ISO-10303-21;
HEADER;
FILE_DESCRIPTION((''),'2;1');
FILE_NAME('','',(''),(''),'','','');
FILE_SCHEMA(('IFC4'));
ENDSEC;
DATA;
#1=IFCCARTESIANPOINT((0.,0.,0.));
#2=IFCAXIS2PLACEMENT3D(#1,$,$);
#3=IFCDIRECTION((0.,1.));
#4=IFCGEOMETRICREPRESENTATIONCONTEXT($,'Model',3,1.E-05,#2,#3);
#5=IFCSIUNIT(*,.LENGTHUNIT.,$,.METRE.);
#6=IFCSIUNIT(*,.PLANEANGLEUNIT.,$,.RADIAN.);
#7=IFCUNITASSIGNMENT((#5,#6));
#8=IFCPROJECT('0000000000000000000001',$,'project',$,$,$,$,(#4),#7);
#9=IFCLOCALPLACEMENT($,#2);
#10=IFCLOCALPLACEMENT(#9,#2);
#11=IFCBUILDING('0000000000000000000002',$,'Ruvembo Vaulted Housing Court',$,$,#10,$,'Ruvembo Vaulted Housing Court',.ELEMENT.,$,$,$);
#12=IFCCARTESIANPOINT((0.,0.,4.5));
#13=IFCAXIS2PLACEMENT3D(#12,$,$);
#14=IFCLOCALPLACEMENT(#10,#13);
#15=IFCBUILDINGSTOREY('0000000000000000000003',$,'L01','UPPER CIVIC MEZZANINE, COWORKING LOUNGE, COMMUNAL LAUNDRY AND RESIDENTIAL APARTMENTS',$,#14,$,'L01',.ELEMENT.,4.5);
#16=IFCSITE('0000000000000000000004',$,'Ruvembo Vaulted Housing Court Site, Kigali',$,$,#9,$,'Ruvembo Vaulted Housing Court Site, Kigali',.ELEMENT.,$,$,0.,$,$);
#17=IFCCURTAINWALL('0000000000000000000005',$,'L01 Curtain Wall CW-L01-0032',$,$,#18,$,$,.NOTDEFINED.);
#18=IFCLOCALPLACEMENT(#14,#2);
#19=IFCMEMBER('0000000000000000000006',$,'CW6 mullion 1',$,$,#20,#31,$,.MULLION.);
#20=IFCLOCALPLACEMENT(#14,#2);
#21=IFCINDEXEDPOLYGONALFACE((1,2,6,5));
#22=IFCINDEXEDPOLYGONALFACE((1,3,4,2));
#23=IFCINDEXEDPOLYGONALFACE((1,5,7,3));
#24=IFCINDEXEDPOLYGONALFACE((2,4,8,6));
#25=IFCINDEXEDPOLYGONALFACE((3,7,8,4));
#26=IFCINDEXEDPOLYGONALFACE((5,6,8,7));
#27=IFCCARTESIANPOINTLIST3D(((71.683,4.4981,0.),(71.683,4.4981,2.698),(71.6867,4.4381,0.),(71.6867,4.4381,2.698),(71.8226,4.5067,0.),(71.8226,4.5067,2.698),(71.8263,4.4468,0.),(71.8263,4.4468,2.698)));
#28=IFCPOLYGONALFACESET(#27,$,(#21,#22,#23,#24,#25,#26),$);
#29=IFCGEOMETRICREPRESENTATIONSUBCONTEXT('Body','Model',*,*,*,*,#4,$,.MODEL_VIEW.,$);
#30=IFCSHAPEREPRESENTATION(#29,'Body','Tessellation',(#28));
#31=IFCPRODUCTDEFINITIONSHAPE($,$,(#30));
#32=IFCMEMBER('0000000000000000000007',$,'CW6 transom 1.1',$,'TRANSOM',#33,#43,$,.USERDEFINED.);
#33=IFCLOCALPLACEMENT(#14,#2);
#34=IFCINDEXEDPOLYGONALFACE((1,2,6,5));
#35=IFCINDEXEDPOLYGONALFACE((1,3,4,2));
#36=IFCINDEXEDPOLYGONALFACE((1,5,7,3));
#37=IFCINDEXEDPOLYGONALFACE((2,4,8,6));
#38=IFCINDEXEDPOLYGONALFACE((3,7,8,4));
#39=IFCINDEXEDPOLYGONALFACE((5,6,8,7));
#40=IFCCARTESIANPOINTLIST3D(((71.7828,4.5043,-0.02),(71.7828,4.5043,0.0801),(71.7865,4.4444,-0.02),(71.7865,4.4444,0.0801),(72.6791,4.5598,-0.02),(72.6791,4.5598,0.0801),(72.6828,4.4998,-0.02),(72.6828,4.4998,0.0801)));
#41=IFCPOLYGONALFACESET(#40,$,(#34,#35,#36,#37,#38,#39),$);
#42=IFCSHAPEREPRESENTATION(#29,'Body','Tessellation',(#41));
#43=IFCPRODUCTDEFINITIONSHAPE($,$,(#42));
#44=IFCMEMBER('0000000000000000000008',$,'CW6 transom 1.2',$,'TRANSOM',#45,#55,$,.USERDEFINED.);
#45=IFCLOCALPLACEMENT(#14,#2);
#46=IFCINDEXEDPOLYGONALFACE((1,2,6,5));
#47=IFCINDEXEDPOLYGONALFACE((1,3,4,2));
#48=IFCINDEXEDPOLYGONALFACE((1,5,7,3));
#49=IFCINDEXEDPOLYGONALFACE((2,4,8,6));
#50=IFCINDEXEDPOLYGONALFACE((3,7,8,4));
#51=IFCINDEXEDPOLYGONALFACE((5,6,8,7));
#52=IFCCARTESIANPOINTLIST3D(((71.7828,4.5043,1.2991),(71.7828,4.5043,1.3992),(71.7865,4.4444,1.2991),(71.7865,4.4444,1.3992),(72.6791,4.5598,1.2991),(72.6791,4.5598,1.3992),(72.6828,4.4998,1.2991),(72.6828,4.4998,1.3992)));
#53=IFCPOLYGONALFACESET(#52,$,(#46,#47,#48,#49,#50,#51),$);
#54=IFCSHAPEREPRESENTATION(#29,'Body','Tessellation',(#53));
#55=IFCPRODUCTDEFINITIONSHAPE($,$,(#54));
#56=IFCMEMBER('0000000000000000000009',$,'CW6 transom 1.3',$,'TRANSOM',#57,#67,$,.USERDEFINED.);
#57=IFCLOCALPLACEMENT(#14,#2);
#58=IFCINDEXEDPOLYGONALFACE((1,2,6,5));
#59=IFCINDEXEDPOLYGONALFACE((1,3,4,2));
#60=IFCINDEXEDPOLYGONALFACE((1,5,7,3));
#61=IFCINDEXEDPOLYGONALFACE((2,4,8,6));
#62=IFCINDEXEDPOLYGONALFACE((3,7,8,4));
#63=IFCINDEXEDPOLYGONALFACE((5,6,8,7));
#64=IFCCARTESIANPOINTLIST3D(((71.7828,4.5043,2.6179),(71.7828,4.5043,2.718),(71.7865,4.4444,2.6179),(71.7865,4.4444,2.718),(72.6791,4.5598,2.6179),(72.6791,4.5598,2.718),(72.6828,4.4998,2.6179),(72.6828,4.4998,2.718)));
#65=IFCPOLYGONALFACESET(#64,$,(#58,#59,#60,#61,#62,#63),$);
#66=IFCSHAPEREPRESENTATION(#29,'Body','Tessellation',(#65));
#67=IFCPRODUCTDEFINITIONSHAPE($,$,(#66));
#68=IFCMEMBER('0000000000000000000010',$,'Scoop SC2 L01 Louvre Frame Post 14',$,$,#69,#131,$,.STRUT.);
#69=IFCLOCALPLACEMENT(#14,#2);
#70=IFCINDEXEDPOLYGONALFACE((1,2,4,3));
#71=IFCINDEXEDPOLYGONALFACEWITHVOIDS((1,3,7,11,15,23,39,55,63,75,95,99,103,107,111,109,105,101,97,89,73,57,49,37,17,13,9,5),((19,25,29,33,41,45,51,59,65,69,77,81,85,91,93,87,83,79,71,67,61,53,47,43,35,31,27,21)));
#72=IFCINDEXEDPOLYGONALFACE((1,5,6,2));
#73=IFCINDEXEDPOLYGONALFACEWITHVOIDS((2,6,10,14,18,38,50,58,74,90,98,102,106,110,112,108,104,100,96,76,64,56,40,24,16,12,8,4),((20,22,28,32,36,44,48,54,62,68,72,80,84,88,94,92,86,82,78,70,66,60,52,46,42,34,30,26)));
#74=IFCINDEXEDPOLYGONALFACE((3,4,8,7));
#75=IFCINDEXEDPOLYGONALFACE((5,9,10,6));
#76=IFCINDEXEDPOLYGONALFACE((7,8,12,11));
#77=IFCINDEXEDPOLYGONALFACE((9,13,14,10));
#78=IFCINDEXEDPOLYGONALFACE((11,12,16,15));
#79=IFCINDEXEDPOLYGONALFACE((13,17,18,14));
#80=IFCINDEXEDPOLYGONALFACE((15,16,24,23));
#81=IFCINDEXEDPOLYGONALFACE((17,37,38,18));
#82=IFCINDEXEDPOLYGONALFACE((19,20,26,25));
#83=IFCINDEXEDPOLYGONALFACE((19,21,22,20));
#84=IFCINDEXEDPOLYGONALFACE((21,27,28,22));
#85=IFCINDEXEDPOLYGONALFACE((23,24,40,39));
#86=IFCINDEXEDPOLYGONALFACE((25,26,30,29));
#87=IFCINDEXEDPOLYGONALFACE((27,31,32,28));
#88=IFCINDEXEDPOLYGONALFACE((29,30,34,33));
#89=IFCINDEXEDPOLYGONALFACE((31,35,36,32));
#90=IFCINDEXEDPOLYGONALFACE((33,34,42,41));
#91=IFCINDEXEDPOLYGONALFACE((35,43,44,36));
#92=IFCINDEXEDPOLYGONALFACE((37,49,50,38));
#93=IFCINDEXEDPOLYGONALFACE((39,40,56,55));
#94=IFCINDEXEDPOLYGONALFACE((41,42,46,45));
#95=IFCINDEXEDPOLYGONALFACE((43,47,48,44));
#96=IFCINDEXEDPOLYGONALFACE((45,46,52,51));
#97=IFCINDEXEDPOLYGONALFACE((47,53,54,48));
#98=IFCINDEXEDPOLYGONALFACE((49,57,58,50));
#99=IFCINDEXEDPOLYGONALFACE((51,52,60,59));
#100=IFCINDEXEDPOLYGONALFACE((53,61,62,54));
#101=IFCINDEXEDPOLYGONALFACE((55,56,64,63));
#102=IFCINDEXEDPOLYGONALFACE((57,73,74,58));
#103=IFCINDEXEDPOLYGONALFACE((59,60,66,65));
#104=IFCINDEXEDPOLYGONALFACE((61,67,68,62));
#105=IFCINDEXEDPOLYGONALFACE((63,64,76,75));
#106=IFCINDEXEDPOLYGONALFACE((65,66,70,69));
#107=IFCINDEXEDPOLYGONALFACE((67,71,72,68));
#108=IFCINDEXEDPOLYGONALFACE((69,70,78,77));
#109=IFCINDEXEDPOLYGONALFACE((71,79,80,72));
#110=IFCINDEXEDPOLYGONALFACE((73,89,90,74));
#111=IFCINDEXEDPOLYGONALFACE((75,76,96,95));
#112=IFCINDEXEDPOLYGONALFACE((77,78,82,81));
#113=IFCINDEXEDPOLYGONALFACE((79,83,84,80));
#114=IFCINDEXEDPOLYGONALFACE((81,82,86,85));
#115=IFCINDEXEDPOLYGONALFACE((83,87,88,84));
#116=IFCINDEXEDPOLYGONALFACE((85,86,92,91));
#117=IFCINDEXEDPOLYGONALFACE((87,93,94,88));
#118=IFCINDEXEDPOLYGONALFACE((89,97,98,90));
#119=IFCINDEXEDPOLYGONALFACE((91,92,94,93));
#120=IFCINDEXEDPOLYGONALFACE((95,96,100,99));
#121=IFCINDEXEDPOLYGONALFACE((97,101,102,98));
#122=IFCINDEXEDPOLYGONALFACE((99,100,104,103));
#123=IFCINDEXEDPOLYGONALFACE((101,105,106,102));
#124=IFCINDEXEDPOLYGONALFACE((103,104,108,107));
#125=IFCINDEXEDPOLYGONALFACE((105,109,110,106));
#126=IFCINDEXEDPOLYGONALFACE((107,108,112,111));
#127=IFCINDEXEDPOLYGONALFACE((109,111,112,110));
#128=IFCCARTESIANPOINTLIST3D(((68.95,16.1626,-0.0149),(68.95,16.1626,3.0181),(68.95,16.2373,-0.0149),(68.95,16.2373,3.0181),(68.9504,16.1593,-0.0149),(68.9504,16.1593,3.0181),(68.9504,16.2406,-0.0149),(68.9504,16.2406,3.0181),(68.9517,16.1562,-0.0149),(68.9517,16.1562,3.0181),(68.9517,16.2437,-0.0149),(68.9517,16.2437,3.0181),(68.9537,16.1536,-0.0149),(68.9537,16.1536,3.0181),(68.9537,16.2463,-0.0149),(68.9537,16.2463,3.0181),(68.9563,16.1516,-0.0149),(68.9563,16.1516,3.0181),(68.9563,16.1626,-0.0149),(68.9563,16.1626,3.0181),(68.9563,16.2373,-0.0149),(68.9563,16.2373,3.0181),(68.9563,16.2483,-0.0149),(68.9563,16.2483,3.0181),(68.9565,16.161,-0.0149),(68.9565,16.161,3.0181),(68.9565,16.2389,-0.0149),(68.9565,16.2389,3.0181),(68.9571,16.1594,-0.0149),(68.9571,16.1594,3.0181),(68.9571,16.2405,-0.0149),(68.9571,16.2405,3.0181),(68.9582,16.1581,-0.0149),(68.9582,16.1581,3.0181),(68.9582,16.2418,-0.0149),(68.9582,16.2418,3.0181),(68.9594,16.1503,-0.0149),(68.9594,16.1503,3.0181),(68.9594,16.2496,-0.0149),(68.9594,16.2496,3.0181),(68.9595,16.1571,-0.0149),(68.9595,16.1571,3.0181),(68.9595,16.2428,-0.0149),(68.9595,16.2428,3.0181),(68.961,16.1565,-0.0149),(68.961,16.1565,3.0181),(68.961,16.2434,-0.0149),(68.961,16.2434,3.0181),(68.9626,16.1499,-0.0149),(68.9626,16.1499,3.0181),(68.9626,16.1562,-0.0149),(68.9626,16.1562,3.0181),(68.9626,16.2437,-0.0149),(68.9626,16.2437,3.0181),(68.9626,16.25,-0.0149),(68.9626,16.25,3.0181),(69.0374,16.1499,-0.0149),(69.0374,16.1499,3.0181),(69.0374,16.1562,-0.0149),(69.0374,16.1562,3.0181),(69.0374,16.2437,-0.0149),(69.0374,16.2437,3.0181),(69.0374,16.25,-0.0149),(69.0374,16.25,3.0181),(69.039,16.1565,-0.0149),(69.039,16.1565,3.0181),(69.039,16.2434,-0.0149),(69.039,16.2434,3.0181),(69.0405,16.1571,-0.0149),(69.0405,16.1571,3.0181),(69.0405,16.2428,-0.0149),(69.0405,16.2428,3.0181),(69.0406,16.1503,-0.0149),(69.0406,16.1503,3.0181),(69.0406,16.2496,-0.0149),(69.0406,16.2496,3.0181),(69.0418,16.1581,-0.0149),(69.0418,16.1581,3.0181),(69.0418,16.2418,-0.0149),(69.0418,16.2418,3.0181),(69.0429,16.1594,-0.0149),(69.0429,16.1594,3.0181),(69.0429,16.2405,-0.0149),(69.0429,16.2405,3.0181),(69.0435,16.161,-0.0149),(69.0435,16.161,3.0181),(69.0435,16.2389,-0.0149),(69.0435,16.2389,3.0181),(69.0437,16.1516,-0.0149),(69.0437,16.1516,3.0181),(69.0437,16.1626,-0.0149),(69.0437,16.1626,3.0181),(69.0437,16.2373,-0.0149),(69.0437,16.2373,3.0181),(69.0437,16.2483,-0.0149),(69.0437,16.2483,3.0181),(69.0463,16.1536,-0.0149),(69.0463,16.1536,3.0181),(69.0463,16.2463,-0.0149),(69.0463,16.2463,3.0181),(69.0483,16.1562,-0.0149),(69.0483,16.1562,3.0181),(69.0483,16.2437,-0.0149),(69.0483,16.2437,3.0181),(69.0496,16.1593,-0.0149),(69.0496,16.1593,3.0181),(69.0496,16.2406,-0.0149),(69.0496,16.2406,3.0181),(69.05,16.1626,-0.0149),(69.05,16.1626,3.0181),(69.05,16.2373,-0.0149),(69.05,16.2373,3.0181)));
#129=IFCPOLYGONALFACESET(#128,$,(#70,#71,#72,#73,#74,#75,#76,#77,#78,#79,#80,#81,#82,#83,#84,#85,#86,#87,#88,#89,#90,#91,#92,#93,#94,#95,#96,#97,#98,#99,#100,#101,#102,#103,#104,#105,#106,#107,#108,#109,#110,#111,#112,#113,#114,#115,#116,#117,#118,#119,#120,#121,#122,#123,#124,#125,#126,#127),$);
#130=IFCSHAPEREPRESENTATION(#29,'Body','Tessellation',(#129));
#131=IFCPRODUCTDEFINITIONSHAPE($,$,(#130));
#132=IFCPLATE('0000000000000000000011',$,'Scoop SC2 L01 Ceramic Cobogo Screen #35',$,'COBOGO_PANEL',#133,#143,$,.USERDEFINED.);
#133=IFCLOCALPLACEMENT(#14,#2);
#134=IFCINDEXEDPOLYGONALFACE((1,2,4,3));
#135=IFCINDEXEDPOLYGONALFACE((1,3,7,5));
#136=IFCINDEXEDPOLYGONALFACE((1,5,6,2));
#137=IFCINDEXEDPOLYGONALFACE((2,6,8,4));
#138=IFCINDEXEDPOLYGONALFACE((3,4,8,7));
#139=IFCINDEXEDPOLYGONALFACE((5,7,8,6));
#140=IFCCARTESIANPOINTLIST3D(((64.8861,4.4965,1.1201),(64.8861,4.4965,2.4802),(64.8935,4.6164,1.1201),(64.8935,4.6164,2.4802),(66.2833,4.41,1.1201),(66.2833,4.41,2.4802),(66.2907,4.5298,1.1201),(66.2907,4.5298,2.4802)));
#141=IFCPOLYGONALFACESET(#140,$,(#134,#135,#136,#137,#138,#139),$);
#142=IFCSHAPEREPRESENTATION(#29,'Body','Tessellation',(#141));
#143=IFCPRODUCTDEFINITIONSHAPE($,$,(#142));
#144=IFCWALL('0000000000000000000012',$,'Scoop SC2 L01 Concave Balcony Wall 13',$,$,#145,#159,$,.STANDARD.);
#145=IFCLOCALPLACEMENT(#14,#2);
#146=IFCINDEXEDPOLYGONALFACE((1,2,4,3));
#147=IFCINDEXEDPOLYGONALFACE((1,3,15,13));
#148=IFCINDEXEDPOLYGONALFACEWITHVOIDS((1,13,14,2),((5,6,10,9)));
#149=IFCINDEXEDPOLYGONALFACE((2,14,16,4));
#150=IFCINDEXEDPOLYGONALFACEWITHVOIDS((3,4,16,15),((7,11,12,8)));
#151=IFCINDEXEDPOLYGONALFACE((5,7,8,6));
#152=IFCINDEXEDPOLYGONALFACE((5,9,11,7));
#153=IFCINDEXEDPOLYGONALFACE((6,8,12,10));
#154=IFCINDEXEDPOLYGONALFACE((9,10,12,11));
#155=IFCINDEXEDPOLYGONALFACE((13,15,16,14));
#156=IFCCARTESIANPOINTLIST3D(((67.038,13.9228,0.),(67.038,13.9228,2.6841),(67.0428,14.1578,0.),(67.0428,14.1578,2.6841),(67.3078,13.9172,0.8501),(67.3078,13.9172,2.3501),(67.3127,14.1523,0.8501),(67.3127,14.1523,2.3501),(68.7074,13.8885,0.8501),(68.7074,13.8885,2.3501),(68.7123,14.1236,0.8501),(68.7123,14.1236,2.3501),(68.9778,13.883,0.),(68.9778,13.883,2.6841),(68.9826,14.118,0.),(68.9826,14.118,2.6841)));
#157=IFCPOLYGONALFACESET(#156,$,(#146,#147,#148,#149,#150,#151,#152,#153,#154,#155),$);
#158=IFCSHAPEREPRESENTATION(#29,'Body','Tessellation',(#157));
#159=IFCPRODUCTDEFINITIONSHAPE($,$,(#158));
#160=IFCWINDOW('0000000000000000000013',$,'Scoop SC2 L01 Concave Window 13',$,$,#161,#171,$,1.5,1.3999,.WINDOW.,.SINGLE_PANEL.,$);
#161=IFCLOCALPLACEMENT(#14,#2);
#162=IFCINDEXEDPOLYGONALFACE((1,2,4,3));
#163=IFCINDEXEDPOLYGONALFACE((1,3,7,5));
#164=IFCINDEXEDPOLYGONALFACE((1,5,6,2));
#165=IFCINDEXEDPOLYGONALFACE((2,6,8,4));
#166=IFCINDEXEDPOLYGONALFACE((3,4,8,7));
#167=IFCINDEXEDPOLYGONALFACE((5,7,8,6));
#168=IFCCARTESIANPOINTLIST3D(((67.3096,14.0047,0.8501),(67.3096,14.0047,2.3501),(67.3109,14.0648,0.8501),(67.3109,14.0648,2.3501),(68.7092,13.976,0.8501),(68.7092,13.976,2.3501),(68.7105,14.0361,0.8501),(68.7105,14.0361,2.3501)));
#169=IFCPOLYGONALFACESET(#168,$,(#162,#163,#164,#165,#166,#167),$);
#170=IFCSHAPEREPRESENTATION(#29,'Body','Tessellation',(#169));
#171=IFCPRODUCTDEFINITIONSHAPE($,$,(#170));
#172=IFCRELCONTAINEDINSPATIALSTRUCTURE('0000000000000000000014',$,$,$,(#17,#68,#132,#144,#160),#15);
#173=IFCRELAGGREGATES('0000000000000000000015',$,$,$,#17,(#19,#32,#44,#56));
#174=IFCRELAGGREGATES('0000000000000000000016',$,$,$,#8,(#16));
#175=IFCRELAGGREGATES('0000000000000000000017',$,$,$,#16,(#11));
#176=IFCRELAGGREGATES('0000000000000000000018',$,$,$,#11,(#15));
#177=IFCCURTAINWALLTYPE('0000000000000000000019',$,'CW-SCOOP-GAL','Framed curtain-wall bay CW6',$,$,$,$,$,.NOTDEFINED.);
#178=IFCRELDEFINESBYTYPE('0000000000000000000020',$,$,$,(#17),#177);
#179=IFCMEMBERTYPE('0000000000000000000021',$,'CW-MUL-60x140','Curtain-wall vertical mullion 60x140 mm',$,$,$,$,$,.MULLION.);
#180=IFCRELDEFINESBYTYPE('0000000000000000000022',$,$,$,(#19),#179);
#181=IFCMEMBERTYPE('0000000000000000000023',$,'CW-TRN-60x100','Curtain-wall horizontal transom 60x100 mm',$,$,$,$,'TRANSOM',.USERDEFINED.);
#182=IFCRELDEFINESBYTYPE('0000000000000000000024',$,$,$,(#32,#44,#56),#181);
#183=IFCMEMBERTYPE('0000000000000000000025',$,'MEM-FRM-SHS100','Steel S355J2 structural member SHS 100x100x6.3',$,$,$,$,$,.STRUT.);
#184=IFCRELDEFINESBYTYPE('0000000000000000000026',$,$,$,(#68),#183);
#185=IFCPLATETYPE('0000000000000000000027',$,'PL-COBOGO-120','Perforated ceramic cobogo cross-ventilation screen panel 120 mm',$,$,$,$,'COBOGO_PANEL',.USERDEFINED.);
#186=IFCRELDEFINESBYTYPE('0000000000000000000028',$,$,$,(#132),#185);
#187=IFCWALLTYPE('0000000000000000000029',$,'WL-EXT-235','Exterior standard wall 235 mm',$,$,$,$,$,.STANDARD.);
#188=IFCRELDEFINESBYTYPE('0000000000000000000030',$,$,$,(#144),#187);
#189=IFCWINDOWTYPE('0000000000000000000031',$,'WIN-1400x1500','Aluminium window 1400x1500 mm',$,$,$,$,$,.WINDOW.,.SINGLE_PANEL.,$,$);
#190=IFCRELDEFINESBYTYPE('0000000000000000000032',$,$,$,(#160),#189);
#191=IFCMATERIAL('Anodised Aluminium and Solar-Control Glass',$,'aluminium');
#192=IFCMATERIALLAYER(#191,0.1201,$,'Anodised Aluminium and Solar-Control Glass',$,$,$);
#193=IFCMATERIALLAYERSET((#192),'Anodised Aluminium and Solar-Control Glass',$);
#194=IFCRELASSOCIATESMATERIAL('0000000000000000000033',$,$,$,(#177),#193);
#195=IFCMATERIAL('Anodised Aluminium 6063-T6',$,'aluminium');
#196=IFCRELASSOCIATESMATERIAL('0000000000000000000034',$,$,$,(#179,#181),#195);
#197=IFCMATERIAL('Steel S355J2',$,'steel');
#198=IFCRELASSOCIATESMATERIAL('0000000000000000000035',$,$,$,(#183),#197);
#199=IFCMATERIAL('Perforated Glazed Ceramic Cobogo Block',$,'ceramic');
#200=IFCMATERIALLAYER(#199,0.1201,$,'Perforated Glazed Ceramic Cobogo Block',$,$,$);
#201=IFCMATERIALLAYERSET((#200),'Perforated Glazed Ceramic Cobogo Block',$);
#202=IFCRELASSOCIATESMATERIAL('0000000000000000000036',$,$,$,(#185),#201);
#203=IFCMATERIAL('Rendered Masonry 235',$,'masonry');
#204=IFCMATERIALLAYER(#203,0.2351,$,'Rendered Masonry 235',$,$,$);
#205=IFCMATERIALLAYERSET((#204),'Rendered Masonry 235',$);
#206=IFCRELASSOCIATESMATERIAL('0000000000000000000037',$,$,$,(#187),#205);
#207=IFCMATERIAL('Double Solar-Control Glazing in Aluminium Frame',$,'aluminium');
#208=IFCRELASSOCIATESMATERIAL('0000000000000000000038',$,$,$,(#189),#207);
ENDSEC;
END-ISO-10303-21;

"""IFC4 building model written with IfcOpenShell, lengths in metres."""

from ifc_helpers import new_model, si_unit, direction, frame, frame_2d, origin, origin_2d, place, context, subcontext, project, spatial, rectangle, hollow_rectangle, extrude, material, layer, layer_set, material_profile, profile_set, type_object, element, fill, aggregate, save


model = new_model("IFC4")

# Units and contexts
model_context = context("Model", 3, precision=1e-05, world=origin(), true_north=direction((0.0, 1.0)))
body_context = subcontext(model_context, "Body", "Model", "MODEL_VIEW")
ifc_project = project(units=[si_unit("LENGTHUNIT", "METRE"), si_unit("PLANEANGLEUNIT", "RADIAN")], contexts=[model_context])

# Site, building, storey
site_placement = place(None, origin())
site = spatial("IfcSite", under=ifc_project, at=site_placement, Name="Ruvembo Vaulted Housing Court Site, Kigali", LongName="Ruvembo Vaulted Housing Court Site, Kigali", CompositionType="ELEMENT", RefElevation=0.0)
building_placement = place(site_placement, origin())
building = spatial("IfcBuilding", under=site, at=building_placement, Name="Ruvembo Vaulted Housing Court", LongName="Ruvembo Vaulted Housing Court", CompositionType="ELEMENT")
storey_placement = place(building_placement, frame((0.0, 0.0, 4.5)))
storey = spatial("IfcBuildingStorey", under=building, at=storey_placement, Name="L01", Description="UPPER CIVIC MEZZANINE, COWORKING LOUNGE, COMMUNAL LAUNDRY AND RESIDENTIAL APARTMENTS", LongName="L01", CompositionType="ELEMENT", Elevation=4.5)

# Shared definitions
ifc_material_1 = material(Name="Steel S355J2", Category="steel")

# Curtain wall, members
ifc_material_2 = material(Name="Anodised Aluminium and Solar-Control Glass", Category="aluminium")
ifc_layer_1 = layer(ifc_material_2, 0.1201, Name="Anodised Aluminium and Solar-Control Glass")
ifc_layer_set_1 = layer_set([ifc_layer_1], Name="Anodised Aluminium and Solar-Control Glass")
curtain_wall_type = type_object("IfcCurtainWallType", Name="CW-SCOOP-GAL", Description="Framed curtain-wall bay CW6", PredefinedType="NOTDEFINED", material=ifc_layer_set_1)
curtain_wall_placement = place(storey_placement, origin())
curtain_wall = element("IfcCurtainWall", 1, at=curtain_wall_placement, inside=storey, type_object=curtain_wall_type, Name="L01 Curtain Wall CW-L01-0032", PredefinedType="NOTDEFINED")
ifc_material_3 = material(Name="Anodised Aluminium 6063-T6", Category="aluminium")
ifc_material_profile_1 = material_profile(ifc_material_3, rectangle(XDim=0.0601, YDim=0.1399, at=origin_2d()), Name="ALU 60x140")
ifc_profile_set_1 = profile_set([ifc_material_profile_1], Name="Anodised Aluminium 6063-T6")
member_type_1 = type_object("IfcMemberType", Name="CW-MUL-60x140", Description="Curtain-wall vertical mullion 60x140 mm", PredefinedType="MULLION", material=ifc_profile_set_1)
member_1_placement = place(storey_placement, frame((71.7546, 4.4724, 0.0), z_axis=(0.0, 0.0, 1.0), x_axis=(-0.06184, 0.998086, 0.0)))
member_1 = element("IfcMember", 2, at=member_1_placement, type_object=member_type_1, Name="CW6 mullion 1", PredefinedType="MULLION", context=body_context, shape_type="SweptSolid", body=[
    extrude(rectangle(XDim=0.0601, YDim=0.1399, at=origin_2d()), origin(), (0.0, 0.0, 1.0), 2.698),
])
ifc_material_profile_2 = material_profile(ifc_material_3, rectangle(XDim=0.0601, YDim=0.1001, at=origin_2d()), Name="ALU 60x100")
ifc_profile_set_2 = profile_set([ifc_material_profile_2], Name="Anodised Aluminium 6063-T6")
member_type_2 = type_object("IfcMemberType", Name="CW-TRN-60x100", Description="Curtain-wall horizontal transom 60x100 mm", ElementType="TRANSOM", PredefinedType="USERDEFINED", material=ifc_profile_set_2)
member_2_placement = place(storey_placement, frame((71.7847, 4.4744, 0.03), z_axis=(0.998094, 0.061718, 0.0), x_axis=(-0.061718, 0.998094, 0.0)))
member_2 = element("IfcMember", 3, at=member_2_placement, type_object=member_type_2, Name="CW6 transom 1.1", ObjectType="TRANSOM", PredefinedType="USERDEFINED", context=body_context, shape_type="SweptSolid", body=[
    extrude(rectangle(XDim=0.0601, YDim=0.1001, at=origin_2d()), origin(), (0.0, 0.0, 1.0), 0.8979),
])
member_3_placement = place(storey_placement, frame((71.7847, 4.4744, 1.3491), z_axis=(0.998094, 0.061718, 0.0), x_axis=(-0.061718, 0.998094, 0.0)))
member_3 = element("IfcMember", 4, at=member_3_placement, type_object=member_type_2, Name="CW6 transom 1.2", ObjectType="TRANSOM", PredefinedType="USERDEFINED", context=body_context, shape_type="SweptSolid", body=[
    extrude(rectangle(XDim=0.0601, YDim=0.1001, at=origin_2d()), origin(), (0.0, 0.0, 1.0), 0.8979),
])
member_4_placement = place(storey_placement, frame((71.7847, 4.4744, 2.668), z_axis=(0.998094, 0.061718, 0.0), x_axis=(-0.061718, 0.998094, 0.0)))
member_4 = element("IfcMember", 5, at=member_4_placement, type_object=member_type_2, Name="CW6 transom 1.3", ObjectType="TRANSOM", PredefinedType="USERDEFINED", context=body_context, shape_type="SweptSolid", body=[
    extrude(rectangle(XDim=0.0601, YDim=0.1001, at=origin_2d()), origin(), (0.0, 0.0, 1.0), 0.8979),
])
aggregate(curtain_wall, [member_1, member_2, member_3, member_4])

# Member
ifc_material_profile_3 = material_profile(ifc_material_1, hollow_rectangle(XDim=0.1001, YDim=0.1001, WallThickness=0.0063, InnerFilletRadius=0.0063, OuterFilletRadius=0.0127, at=origin_2d()), Name="SHS 100x100x6.3")
ifc_profile_set_3 = profile_set([ifc_material_profile_3], Name="Steel S355J2")
member_type_3 = type_object("IfcMemberType", Name="MEM-FRM-SHS100", Description="Steel S355J2 structural member SHS 100x100x6.3", PredefinedType="STRUT", material=ifc_profile_set_3)
member_5_placement = place(storey_placement, frame((69.0, 16.2, -0.0149), z_axis=(0.0, 0.0, 1.0), x_axis=(1.0, 0.0, 0.0)))
element("IfcMember", 6, at=member_5_placement, inside=storey, type_object=member_type_3, Name="Scoop SC2 L01 Louvre Frame Post 14", PredefinedType="STRUT", context=body_context, shape_type="SweptSolid", body=[
    extrude(hollow_rectangle(XDim=0.1001, YDim=0.1001, WallThickness=0.0063, InnerFilletRadius=0.0063, OuterFilletRadius=0.0127, at=origin_2d()), origin(), (0.0, 0.0, 1.0), 3.033),
])

# Plate
ifc_material_4 = material(Name="Perforated Glazed Ceramic Cobogo Block", Category="ceramic")
ifc_layer_2 = layer(ifc_material_4, 0.1201, Name="Perforated Glazed Ceramic Cobogo Block")
ifc_layer_set_2 = layer_set([ifc_layer_2], Name="Perforated Glazed Ceramic Cobogo Block")
plate_type = type_object("IfcPlateType", Name="PL-COBOGO-120", Description="Perforated ceramic cobogo cross-ventilation screen panel 120 mm", ElementType="COBOGO_PANEL", PredefinedType="USERDEFINED", material=ifc_layer_set_2)
plate_placement = place(storey_placement, frame((65.5884, 4.5132, 1.1201), z_axis=(0.0, 0.0, 1.0), x_axis=(0.998087, -0.061832, 0.0)))
element("IfcPlate", 7, at=plate_placement, inside=storey, type_object=plate_type, Name="Scoop SC2 L01 Ceramic Cobogo Screen #35", ObjectType="COBOGO_PANEL", PredefinedType="USERDEFINED", context=body_context, shape_type="SweptSolid", body=[
    extrude(rectangle(XDim=1.3999, YDim=0.1201, at=origin_2d()), origin(), (0.0, 0.0, 1.0), 1.3601),
])

# Wall, opening, window
ifc_material_5 = material(Name="Rendered Masonry 235", Category="masonry")
ifc_layer_3 = layer(ifc_material_5, 0.2351, Name="Rendered Masonry 235")
ifc_layer_set_3 = layer_set([ifc_layer_3], Name="Rendered Masonry 235")
wall_type_1 = type_object("IfcWallType", Name="WL-EXT-235", Description="Exterior standard wall 235 mm", PredefinedType="STANDARD", material=ifc_layer_set_3)
wall_1_placement = place(storey_placement, frame((67.0403, 14.0403, 0.0), z_axis=(0.0, 0.0, 1.0), x_axis=(0.99979, -0.020512, 0.0)))
wall_1 = element("IfcWall", 8, at=wall_1_placement, inside=storey, type_object=wall_type_1, Name="Scoop SC2 L01 Concave Balcony Wall 13", PredefinedType="STANDARD", context=body_context, shape_type="SweptSolid", body=[
    extrude(rectangle(XDim=1.9402, YDim=0.2351, at=frame_2d((0.9702, 0.0))), origin(), (0.0, 0.0, 1.0), 2.6841),
])
opening_1_placement = place(wall_1_placement, frame((0.27, 0.0, 0.8501)))
opening_1 = element("IfcOpeningElement", 9, at=opening_1_placement, cuts=wall_1, PredefinedType="OPENING", context=body_context, shape_type="SweptSolid", body=[
    extrude(rectangle(XDim=1.3999, YDim=1.5, at=frame_2d((0.7, 0.75))), frame((0.0, 0.1274, 0.0), z_axis=(0.0, -1.0, 0.0), x_axis=(1.0, 0.0, 0.0)), (0.0, 0.0, 1.0), 0.2551),
])
ifc_material_6 = material(Name="Double Solar-Control Glazing in Aluminium Frame", Category="aluminium")
window_type_1 = type_object("IfcWindowType", Name="WIN-1400x1500", Description="Aluminium window 1400x1500 mm", PartitioningType="SINGLE_PANEL", PredefinedType="WINDOW", material=ifc_material_6)
window_1_placement = place(opening_1_placement, origin())
window_1 = element("IfcWindow", 10, at=window_1_placement, inside=storey, type_object=window_type_1, Name="Scoop SC2 L01 Concave Window 13", OverallHeight=1.5, OverallWidth=1.3999, PartitioningType="SINGLE_PANEL", PredefinedType="WINDOW", context=body_context, shape_type="SweptSolid", body=[
    extrude(rectangle(XDim=1.3999, YDim=1.5, at=frame_2d((0.7, 0.75))), frame((0.0, 0.03, 0.0), z_axis=(0.0, -1.0, 0.0), x_axis=(1.0, 0.0, 0.0)), (0.0, 0.0, 1.0), 0.0601),
])
fill(opening_1, window_1)

save(model, "model.ifc")
